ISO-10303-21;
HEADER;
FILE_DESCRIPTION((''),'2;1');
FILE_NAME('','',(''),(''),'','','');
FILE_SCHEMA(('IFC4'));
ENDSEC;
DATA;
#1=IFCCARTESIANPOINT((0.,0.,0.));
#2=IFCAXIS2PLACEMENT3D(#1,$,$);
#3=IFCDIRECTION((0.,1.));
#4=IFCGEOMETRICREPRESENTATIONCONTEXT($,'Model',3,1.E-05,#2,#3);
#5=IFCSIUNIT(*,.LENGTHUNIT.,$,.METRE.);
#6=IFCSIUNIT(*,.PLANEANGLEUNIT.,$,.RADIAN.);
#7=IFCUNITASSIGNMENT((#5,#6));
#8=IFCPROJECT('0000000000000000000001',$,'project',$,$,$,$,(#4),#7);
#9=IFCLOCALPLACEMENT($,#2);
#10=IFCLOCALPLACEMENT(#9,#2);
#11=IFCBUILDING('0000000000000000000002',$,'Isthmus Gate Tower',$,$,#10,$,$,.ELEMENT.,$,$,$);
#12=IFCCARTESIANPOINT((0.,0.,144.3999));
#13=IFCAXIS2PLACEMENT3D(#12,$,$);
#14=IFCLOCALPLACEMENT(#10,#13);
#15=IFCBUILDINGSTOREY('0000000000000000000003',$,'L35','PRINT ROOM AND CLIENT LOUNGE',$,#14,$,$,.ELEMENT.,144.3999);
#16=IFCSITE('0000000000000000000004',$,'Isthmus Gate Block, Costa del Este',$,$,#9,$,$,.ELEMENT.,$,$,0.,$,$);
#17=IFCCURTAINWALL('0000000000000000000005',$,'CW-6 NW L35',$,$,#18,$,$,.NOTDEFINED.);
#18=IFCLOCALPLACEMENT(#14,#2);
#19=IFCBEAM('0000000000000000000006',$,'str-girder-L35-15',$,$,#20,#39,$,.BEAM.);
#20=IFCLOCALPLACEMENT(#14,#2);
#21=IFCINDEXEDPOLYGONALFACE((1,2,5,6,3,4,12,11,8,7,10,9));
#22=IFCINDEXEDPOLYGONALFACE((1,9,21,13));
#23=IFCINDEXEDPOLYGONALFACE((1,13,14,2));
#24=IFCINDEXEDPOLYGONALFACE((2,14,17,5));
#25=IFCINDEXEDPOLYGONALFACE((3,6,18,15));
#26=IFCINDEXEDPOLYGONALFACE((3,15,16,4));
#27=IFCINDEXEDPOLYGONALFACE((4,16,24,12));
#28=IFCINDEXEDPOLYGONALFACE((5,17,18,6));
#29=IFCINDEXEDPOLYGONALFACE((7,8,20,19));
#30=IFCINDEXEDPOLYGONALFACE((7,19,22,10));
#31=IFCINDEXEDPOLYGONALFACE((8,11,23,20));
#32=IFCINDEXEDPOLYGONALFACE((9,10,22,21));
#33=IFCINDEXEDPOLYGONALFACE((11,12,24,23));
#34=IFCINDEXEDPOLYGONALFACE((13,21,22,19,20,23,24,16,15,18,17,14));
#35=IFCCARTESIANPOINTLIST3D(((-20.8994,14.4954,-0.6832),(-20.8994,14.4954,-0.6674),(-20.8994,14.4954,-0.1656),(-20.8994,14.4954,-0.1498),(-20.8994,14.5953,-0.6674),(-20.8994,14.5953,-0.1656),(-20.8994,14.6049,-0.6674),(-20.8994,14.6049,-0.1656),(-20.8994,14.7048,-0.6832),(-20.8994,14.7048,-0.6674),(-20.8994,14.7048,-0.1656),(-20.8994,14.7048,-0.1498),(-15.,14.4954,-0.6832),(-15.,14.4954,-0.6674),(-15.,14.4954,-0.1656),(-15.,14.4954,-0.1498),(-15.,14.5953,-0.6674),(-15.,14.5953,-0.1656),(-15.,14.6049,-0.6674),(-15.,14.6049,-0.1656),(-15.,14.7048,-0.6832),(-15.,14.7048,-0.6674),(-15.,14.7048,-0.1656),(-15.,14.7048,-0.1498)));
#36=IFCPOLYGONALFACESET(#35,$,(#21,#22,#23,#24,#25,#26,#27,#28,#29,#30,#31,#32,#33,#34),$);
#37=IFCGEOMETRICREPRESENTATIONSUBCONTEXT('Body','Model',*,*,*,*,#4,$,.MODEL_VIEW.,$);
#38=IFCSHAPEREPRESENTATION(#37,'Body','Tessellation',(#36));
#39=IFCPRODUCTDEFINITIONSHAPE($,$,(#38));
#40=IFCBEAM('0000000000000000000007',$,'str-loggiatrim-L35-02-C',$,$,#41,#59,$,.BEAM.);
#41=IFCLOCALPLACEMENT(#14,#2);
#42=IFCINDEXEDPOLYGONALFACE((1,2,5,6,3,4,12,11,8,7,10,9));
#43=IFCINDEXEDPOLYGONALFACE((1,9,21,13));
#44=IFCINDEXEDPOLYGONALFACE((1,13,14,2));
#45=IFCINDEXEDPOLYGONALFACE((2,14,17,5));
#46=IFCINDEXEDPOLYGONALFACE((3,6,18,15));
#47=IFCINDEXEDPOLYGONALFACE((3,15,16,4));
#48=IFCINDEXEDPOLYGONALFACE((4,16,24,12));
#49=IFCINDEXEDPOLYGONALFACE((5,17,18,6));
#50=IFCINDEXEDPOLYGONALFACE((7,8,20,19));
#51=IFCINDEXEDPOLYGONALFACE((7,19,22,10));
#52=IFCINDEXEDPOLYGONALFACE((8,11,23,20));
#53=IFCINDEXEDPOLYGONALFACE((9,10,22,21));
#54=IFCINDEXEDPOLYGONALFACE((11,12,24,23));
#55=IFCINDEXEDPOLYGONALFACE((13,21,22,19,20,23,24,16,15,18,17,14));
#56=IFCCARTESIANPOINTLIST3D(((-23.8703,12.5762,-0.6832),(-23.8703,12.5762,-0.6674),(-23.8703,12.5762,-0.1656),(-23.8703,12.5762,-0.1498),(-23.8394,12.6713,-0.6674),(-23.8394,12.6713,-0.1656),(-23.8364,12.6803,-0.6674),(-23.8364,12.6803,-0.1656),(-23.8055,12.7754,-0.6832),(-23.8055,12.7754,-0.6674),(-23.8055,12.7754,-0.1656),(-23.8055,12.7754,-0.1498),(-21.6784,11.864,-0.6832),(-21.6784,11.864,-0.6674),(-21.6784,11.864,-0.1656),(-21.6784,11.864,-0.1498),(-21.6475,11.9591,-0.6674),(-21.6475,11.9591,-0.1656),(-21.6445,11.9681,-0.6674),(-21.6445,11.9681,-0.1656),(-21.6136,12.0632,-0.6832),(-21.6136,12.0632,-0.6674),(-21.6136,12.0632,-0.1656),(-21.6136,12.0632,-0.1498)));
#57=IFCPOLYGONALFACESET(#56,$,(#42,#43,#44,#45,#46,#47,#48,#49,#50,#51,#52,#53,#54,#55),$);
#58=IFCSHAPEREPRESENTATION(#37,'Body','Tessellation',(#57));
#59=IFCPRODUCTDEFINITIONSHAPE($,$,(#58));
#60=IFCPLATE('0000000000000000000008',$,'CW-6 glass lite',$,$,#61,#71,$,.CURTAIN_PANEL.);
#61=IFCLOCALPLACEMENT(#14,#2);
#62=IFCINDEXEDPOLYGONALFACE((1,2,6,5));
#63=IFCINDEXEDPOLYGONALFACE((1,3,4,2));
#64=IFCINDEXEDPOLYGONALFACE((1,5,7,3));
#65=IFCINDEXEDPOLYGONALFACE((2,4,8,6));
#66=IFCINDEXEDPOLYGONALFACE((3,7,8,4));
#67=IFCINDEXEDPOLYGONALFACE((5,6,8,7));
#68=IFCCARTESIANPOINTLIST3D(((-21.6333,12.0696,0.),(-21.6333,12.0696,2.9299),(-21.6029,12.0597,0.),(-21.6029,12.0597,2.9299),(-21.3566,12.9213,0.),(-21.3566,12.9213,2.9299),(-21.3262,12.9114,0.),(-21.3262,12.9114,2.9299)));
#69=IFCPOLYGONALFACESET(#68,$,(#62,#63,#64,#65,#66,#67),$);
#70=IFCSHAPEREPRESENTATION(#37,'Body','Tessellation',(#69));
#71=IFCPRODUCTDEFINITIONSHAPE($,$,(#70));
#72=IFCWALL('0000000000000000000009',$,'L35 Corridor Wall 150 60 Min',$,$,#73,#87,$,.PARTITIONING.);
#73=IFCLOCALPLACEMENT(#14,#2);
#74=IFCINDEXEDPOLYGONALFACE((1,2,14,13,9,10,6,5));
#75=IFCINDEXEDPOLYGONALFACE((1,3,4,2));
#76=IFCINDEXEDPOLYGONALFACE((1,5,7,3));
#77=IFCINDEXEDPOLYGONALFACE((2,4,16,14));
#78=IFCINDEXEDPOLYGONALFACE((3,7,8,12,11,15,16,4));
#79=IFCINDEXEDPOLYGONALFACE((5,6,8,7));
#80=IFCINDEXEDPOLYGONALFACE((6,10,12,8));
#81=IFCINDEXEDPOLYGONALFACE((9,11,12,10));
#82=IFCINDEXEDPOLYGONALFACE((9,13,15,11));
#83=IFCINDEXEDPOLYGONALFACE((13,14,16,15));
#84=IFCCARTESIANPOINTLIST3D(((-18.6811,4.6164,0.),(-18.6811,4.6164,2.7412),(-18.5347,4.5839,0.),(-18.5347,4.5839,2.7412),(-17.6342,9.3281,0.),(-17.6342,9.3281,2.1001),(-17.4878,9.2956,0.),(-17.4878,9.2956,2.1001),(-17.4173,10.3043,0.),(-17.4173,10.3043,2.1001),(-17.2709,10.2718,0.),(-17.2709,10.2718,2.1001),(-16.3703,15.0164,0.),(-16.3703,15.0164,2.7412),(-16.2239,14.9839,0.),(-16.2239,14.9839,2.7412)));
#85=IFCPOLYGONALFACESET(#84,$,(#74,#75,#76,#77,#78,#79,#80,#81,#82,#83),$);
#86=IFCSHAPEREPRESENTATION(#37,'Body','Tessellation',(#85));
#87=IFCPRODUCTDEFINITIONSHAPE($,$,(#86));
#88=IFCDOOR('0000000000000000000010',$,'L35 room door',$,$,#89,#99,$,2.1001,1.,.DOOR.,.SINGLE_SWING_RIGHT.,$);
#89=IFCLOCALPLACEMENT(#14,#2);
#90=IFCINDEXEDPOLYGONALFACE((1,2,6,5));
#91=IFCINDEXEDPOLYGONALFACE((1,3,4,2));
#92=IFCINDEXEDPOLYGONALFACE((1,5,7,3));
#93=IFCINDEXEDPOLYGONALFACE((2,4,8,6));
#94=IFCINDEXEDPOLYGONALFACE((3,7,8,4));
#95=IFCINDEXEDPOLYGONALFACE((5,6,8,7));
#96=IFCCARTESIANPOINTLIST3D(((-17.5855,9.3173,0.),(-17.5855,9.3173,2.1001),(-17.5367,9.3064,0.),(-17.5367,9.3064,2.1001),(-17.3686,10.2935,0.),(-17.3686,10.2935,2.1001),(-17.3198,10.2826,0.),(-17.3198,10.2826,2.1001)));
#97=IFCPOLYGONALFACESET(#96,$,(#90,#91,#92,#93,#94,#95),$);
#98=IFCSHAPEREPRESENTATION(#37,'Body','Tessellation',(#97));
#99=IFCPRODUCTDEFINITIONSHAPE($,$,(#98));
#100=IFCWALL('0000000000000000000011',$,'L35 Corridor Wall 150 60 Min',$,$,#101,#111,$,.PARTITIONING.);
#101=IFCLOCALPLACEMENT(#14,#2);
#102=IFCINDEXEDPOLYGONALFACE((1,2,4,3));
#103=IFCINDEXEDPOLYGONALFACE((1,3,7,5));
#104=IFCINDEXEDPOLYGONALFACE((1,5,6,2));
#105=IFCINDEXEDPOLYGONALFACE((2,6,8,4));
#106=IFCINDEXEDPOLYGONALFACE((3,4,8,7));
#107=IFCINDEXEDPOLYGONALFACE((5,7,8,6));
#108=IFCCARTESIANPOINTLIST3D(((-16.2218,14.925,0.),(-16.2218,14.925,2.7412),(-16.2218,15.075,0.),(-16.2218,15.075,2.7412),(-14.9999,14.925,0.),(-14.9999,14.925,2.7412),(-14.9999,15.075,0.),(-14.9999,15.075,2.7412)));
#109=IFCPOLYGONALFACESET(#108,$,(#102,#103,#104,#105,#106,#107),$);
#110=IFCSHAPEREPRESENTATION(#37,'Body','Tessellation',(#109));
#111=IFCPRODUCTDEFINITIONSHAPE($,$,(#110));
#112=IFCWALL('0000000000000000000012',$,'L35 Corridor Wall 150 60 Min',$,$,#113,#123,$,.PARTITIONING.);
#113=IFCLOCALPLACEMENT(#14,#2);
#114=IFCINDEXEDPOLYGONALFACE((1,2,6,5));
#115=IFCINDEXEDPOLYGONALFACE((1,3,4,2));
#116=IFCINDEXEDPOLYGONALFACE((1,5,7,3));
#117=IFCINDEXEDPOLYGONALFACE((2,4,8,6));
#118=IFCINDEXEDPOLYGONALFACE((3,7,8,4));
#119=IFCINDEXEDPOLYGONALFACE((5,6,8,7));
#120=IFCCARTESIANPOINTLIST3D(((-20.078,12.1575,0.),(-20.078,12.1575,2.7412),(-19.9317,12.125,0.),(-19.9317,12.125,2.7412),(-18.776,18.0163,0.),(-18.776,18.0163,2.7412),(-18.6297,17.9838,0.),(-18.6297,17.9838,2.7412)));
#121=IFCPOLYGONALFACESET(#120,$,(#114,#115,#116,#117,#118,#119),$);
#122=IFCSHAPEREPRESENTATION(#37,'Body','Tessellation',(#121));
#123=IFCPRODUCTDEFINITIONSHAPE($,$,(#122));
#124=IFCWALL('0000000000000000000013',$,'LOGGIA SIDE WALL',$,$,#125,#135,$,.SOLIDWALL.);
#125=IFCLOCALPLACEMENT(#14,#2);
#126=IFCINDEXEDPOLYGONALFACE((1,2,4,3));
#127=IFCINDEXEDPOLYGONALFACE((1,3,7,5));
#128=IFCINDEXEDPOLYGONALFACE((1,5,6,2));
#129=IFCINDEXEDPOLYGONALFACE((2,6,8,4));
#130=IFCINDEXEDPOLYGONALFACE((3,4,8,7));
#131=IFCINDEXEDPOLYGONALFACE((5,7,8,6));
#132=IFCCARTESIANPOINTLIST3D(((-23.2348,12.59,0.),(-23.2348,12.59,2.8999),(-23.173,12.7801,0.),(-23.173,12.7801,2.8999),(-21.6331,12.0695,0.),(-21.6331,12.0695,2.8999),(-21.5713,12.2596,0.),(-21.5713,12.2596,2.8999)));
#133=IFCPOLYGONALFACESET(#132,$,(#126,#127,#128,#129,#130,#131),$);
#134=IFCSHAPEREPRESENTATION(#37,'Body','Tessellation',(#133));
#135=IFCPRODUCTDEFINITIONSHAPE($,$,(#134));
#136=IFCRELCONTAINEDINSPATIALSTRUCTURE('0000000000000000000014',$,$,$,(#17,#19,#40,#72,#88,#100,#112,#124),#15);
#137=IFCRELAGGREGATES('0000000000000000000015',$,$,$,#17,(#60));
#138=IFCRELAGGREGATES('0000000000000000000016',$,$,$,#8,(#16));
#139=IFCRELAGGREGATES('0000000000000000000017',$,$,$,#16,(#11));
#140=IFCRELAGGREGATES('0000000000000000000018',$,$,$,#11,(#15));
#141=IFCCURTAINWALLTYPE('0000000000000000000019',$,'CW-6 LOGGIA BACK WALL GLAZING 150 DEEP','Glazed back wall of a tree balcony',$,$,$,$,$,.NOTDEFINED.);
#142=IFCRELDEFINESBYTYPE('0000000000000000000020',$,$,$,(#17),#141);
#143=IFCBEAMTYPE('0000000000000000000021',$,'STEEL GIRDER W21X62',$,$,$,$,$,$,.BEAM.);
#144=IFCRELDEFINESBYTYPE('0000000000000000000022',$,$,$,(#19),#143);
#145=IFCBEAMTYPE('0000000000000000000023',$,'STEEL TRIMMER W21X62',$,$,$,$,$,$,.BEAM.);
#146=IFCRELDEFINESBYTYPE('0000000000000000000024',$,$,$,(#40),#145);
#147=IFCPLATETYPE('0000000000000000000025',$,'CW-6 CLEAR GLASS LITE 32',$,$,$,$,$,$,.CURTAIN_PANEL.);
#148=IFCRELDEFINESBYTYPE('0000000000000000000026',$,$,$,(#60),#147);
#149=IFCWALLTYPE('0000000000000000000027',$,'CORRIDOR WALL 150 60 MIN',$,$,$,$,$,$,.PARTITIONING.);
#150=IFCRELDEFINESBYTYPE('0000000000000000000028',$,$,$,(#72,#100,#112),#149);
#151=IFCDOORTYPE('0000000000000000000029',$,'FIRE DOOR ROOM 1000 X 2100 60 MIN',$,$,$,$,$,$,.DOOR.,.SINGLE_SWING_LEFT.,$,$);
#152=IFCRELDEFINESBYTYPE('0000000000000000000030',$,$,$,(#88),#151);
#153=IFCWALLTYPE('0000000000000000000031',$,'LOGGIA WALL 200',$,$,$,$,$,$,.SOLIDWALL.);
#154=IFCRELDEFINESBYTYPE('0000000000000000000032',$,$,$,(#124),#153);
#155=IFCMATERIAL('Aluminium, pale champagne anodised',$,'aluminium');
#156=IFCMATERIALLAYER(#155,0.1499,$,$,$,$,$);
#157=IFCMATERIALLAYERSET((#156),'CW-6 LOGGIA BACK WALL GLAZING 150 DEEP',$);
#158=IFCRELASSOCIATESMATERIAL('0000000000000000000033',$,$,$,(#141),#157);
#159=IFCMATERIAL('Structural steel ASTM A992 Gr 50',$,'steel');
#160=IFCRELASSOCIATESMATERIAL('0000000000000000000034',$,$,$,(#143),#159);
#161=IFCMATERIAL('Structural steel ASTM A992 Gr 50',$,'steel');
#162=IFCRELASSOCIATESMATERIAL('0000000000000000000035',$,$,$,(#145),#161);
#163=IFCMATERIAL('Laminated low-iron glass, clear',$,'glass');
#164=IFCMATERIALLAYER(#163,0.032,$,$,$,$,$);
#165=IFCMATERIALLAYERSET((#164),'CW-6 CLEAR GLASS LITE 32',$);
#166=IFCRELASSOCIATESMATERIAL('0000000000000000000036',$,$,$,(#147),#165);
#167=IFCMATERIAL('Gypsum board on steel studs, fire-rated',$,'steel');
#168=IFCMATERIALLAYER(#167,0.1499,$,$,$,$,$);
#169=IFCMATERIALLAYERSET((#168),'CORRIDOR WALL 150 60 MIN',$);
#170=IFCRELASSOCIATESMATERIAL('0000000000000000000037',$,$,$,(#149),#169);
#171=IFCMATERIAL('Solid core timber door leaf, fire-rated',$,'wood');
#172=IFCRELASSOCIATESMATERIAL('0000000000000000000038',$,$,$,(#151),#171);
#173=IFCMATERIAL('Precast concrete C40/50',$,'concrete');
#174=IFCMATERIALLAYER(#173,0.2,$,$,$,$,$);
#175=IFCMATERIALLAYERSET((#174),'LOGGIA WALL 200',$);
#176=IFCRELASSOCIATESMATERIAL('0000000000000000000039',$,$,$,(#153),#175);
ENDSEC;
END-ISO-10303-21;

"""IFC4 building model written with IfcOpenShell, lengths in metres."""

from ifc_helpers import new_model, si_unit, direction, frame, frame_2d, origin, origin_2d, place, context, subcontext, project, spatial, rectangle, i_section, extrude, material, layer, layer_set, material_profile, profile_set, type_object, element, fill, aggregate, save


model = new_model("IFC4")

# Units and contexts
model_context = context("Model", 3, precision=1e-05, world=origin(), true_north=direction((0.0, 1.0)))
body_context = subcontext(model_context, "Body", "Model", "MODEL_VIEW")
ifc_project = project(units=[si_unit("LENGTHUNIT", "METRE"), si_unit("PLANEANGLEUNIT", "RADIAN")], contexts=[model_context])

# Site, building, storey
site_placement = place(None, origin())
site = spatial("IfcSite", under=ifc_project, at=site_placement, Name="Isthmus Gate Block, Costa del Este", CompositionType="ELEMENT", RefElevation=0.0)
building_placement = place(site_placement, origin())
building = spatial("IfcBuilding", under=site, at=building_placement, Name="Isthmus Gate Tower", CompositionType="ELEMENT")
storey_placement = place(building_placement, frame((0.0, 0.0, 144.3999)))
storey = spatial("IfcBuildingStorey", under=building, at=storey_placement, Name="L35", Description="PRINT ROOM AND CLIENT LOUNGE", CompositionType="ELEMENT", Elevation=144.3999)

# Curtain wall
ifc_material_1 = material(Name="Aluminium, pale champagne anodised", Category="aluminium")
ifc_layer_1 = layer(ifc_material_1, 0.1499)
ifc_layer_set_1 = layer_set([ifc_layer_1], Name="CW-6 LOGGIA BACK WALL GLAZING 150 DEEP")
curtain_wall_type_1 = type_object("IfcCurtainWallType", Name="CW-6 LOGGIA BACK WALL GLAZING 150 DEEP", Description="Glazed back wall of a tree balcony", PredefinedType="NOTDEFINED", material=ifc_layer_set_1)
curtain_wall_1_placement = place(storey_placement, origin())
curtain_wall_1 = element("IfcCurtainWall", 1, at=curtain_wall_1_placement, inside=storey, type_object=curtain_wall_type_1, Name="CW-6 NW L35", PredefinedType="NOTDEFINED")

# Beams
ifc_material_2 = material(Name="Structural steel ASTM A992 Gr 50", Category="steel")
ifc_material_profile_1 = material_profile(ifc_material_2, i_section(OverallWidth=0.2095, OverallDepth=0.5334, WebThickness=0.0095, FlangeThickness=0.0159, at=origin_2d()), Name="W21X62")
ifc_profile_set_1 = profile_set([ifc_material_profile_1], Name="Structural steel ASTM A992 Gr 50")
beam_type_1 = type_object("IfcBeamType", Name="STEEL GIRDER W21X62", PredefinedType="BEAM", material=ifc_profile_set_1)
beam_1_placement = place(storey_placement, frame((-15.0, 14.6001, -0.4165), z_axis=(-1.0, 0.0, 0.0), x_axis=(0.0, -1.0, 0.0)))
element("IfcBeam", 2, at=beam_1_placement, inside=storey, type_object=beam_type_1, Name="str-girder-L35-15", PredefinedType="BEAM", context=body_context, shape_type="SweptSolid", body=[
    extrude(i_section(OverallWidth=0.2095, OverallDepth=0.5334, WebThickness=0.0095, FlangeThickness=0.0159, at=origin_2d()), origin(), (0.0, 0.0, 1.0), 5.8994),
])
ifc_material_3 = material(Name="Structural steel ASTM A992 Gr 50", Category="steel")
ifc_material_profile_2 = material_profile(ifc_material_3, i_section(OverallWidth=0.2095, OverallDepth=0.5334, WebThickness=0.0095, FlangeThickness=0.0159, at=origin_2d()), Name="W21X62")
ifc_profile_set_2 = profile_set([ifc_material_profile_2], Name="Structural steel ASTM A992 Gr 50")
beam_type_2 = type_object("IfcBeamType", Name="STEEL TRIMMER W21X62", PredefinedType="BEAM", material=ifc_profile_set_2)
beam_2_placement = place(storey_placement, frame((-23.8379, 12.6758, -0.4165), z_axis=(0.951061, -0.309005, 0.0), x_axis=(0.309005, 0.951061, 0.0)))
element("IfcBeam", 3, at=beam_2_placement, inside=storey, type_object=beam_type_2, Name="str-loggiatrim-L35-02-C", PredefinedType="BEAM", context=body_context, shape_type="SweptSolid", body=[
    extrude(i_section(OverallWidth=0.2095, OverallDepth=0.5334, WebThickness=0.0095, FlangeThickness=0.0159, at=origin_2d()), origin(), (0.0, 0.0, 1.0), 2.3047),
])

# Plate
ifc_material_4 = material(Name="Laminated low-iron glass, clear", Category="glass")
ifc_layer_2 = layer(ifc_material_4, 0.032)
ifc_layer_set_2 = layer_set([ifc_layer_2], Name="CW-6 CLEAR GLASS LITE 32")
plate_type = type_object("IfcPlateType", Name="CW-6 CLEAR GLASS LITE 32", PredefinedType="CURTAIN_PANEL", material=ifc_layer_set_2)
plate_placement = place(storey_placement, frame((-21.4797, 12.4905, 0.0), z_axis=(0.0, 0.0, 1.0), x_axis=(-0.309017, -0.951057, 0.0)))
plate = element("IfcPlate", 4, at=plate_placement, type_object=plate_type, Name="CW-6 glass lite", PredefinedType="CURTAIN_PANEL", context=body_context, shape_type="SweptSolid", body=[
    extrude(rectangle(XDim=0.8955, YDim=0.032, at=origin_2d()), origin(), (0.0, 0.0, 1.0), 2.9299),
])
aggregate(curtain_wall_1, [plate])

# Wall, opening, door
ifc_material_5 = material(Name="Gypsum board on steel studs, fire-rated", Category="steel")
ifc_layer_3 = layer(ifc_material_5, 0.1499)
ifc_layer_set_3 = layer_set([ifc_layer_3], Name="CORRIDOR WALL 150 60 MIN")
wall_type_1 = type_object("IfcWallType", Name="CORRIDOR WALL 150 60 MIN", PredefinedType="PARTITIONING", material=ifc_layer_set_3)
wall_1_placement = place(storey_placement, frame((-16.2971, 15.0, 0.0), z_axis=(0.0, 0.0, 1.0), x_axis=(-0.216904, -0.976193, 0.0)))
wall_1 = element("IfcWall", 5, at=wall_1_placement, inside=storey, type_object=wall_type_1, Name="L35 Corridor Wall 150 60 Min", PredefinedType="PARTITIONING", context=body_context, shape_type="SweptSolid", body=[
    extrude(rectangle(XDim=10.6536, YDim=0.1499, at=frame_2d((5.3267, 0.0))), origin(), (0.0, 0.0, 1.0), 2.7412),
])
opening_1_placement = place(wall_1_placement, frame((4.8269, 0.0, 0.0)))
opening_1 = element("IfcOpeningElement", 6, at=opening_1_placement, cuts=wall_1, PredefinedType="OPENING", context=body_context, shape_type="SweptSolid", body=[
    extrude(rectangle(XDim=1.0, YDim=2.1001, at=frame_2d((0.5, 1.05))), frame((0.0, 0.085, 0.0), z_axis=(0.0, -1.0, 0.0), x_axis=(1.0, 0.0, 0.0)), (0.0, 0.0, 1.0), 0.1699),
])
ifc_material_6 = material(Name="Solid core timber door leaf, fire-rated", Category="wood")
door_type_1 = type_object("IfcDoorType", Name="FIRE DOOR ROOM 1000 X 2100 60 MIN", OperationType="SINGLE_SWING_LEFT", PredefinedType="DOOR", material=ifc_material_6)
door_1_placement = place(opening_1_placement, origin())
door_1 = element("IfcDoor", 7, at=door_1_placement, inside=storey, type_object=door_type_1, Name="L35 room door", OperationType="SINGLE_SWING_RIGHT", OverallHeight=2.1001, OverallWidth=1.0, PredefinedType="DOOR", context=body_context, shape_type="SweptSolid", body=[
    extrude(rectangle(XDim=1.0, YDim=2.1001, at=frame_2d((0.5, 1.05))), frame((0.0, 0.0249, 0.0), z_axis=(0.0, -1.0, 0.0), x_axis=(1.0, 0.0, 0.0)), (0.0, 0.0, 1.0), 0.05),
])
fill(opening_1, door_1)

# Walls
wall_2_placement = place(storey_placement, frame((-15.0, 15.0, 0.0), z_axis=(0.0, 0.0, 1.0), x_axis=(-1.0, 0.0, 0.0)))
element("IfcWall", 8, at=wall_2_placement, inside=storey, type_object=wall_type_1, Name="L35 Corridor Wall 150 60 Min", PredefinedType="PARTITIONING", context=body_context, shape_type="SweptSolid", body=[
    extrude(rectangle(XDim=1.2219, YDim=0.1499, at=frame_2d((0.6108, 0.0))), origin(), (0.0, 0.0, 1.0), 2.7412),
])
wall_3_placement = place(storey_placement, frame((-20.0049, 12.1411, 0.0), z_axis=(0.0, 0.0, 1.0), x_axis=(0.216935, 0.976186, 0.0)))
element("IfcWall", 9, at=wall_3_placement, inside=storey, type_object=wall_type_1, Name="L35 Corridor Wall 150 60 Min", PredefinedType="PARTITIONING", context=body_context, shape_type="SweptSolid", body=[
    extrude(rectangle(XDim=6.0017, YDim=0.1499, at=frame_2d((3.001, 0.0))), origin(), (0.0, 0.0, 1.0), 2.7412),
])

# Shared definitions
ifc_material_7 = material(Name="Precast concrete C40/50", Category="concrete")
ifc_layer_4 = layer(ifc_material_7, 0.2)
ifc_layer_set_4 = layer_set([ifc_layer_4], Name="LOGGIA WALL 200")
wall_type_2 = type_object("IfcWallType", Name="LOGGIA WALL 200", PredefinedType="SOLIDWALL", material=ifc_layer_set_4)

# Wall
wall_4_placement = place(storey_placement, frame((-23.2039, 12.6851, 0.0), z_axis=(0.0, 0.0, 1.0), x_axis=(0.951034, -0.309086, 0.0)))
element("IfcWall", 10, at=wall_4_placement, inside=storey, type_object=wall_type_2, Name="LOGGIA SIDE WALL", PredefinedType="SOLIDWALL", context=body_context, shape_type="SweptSolid", body=[
    extrude(rectangle(XDim=1.6841, YDim=0.2, at=frame_2d((0.842, 0.0))), origin(), (0.0, 0.0, 1.0), 2.8999),
])

save(model, "model.ifc")
